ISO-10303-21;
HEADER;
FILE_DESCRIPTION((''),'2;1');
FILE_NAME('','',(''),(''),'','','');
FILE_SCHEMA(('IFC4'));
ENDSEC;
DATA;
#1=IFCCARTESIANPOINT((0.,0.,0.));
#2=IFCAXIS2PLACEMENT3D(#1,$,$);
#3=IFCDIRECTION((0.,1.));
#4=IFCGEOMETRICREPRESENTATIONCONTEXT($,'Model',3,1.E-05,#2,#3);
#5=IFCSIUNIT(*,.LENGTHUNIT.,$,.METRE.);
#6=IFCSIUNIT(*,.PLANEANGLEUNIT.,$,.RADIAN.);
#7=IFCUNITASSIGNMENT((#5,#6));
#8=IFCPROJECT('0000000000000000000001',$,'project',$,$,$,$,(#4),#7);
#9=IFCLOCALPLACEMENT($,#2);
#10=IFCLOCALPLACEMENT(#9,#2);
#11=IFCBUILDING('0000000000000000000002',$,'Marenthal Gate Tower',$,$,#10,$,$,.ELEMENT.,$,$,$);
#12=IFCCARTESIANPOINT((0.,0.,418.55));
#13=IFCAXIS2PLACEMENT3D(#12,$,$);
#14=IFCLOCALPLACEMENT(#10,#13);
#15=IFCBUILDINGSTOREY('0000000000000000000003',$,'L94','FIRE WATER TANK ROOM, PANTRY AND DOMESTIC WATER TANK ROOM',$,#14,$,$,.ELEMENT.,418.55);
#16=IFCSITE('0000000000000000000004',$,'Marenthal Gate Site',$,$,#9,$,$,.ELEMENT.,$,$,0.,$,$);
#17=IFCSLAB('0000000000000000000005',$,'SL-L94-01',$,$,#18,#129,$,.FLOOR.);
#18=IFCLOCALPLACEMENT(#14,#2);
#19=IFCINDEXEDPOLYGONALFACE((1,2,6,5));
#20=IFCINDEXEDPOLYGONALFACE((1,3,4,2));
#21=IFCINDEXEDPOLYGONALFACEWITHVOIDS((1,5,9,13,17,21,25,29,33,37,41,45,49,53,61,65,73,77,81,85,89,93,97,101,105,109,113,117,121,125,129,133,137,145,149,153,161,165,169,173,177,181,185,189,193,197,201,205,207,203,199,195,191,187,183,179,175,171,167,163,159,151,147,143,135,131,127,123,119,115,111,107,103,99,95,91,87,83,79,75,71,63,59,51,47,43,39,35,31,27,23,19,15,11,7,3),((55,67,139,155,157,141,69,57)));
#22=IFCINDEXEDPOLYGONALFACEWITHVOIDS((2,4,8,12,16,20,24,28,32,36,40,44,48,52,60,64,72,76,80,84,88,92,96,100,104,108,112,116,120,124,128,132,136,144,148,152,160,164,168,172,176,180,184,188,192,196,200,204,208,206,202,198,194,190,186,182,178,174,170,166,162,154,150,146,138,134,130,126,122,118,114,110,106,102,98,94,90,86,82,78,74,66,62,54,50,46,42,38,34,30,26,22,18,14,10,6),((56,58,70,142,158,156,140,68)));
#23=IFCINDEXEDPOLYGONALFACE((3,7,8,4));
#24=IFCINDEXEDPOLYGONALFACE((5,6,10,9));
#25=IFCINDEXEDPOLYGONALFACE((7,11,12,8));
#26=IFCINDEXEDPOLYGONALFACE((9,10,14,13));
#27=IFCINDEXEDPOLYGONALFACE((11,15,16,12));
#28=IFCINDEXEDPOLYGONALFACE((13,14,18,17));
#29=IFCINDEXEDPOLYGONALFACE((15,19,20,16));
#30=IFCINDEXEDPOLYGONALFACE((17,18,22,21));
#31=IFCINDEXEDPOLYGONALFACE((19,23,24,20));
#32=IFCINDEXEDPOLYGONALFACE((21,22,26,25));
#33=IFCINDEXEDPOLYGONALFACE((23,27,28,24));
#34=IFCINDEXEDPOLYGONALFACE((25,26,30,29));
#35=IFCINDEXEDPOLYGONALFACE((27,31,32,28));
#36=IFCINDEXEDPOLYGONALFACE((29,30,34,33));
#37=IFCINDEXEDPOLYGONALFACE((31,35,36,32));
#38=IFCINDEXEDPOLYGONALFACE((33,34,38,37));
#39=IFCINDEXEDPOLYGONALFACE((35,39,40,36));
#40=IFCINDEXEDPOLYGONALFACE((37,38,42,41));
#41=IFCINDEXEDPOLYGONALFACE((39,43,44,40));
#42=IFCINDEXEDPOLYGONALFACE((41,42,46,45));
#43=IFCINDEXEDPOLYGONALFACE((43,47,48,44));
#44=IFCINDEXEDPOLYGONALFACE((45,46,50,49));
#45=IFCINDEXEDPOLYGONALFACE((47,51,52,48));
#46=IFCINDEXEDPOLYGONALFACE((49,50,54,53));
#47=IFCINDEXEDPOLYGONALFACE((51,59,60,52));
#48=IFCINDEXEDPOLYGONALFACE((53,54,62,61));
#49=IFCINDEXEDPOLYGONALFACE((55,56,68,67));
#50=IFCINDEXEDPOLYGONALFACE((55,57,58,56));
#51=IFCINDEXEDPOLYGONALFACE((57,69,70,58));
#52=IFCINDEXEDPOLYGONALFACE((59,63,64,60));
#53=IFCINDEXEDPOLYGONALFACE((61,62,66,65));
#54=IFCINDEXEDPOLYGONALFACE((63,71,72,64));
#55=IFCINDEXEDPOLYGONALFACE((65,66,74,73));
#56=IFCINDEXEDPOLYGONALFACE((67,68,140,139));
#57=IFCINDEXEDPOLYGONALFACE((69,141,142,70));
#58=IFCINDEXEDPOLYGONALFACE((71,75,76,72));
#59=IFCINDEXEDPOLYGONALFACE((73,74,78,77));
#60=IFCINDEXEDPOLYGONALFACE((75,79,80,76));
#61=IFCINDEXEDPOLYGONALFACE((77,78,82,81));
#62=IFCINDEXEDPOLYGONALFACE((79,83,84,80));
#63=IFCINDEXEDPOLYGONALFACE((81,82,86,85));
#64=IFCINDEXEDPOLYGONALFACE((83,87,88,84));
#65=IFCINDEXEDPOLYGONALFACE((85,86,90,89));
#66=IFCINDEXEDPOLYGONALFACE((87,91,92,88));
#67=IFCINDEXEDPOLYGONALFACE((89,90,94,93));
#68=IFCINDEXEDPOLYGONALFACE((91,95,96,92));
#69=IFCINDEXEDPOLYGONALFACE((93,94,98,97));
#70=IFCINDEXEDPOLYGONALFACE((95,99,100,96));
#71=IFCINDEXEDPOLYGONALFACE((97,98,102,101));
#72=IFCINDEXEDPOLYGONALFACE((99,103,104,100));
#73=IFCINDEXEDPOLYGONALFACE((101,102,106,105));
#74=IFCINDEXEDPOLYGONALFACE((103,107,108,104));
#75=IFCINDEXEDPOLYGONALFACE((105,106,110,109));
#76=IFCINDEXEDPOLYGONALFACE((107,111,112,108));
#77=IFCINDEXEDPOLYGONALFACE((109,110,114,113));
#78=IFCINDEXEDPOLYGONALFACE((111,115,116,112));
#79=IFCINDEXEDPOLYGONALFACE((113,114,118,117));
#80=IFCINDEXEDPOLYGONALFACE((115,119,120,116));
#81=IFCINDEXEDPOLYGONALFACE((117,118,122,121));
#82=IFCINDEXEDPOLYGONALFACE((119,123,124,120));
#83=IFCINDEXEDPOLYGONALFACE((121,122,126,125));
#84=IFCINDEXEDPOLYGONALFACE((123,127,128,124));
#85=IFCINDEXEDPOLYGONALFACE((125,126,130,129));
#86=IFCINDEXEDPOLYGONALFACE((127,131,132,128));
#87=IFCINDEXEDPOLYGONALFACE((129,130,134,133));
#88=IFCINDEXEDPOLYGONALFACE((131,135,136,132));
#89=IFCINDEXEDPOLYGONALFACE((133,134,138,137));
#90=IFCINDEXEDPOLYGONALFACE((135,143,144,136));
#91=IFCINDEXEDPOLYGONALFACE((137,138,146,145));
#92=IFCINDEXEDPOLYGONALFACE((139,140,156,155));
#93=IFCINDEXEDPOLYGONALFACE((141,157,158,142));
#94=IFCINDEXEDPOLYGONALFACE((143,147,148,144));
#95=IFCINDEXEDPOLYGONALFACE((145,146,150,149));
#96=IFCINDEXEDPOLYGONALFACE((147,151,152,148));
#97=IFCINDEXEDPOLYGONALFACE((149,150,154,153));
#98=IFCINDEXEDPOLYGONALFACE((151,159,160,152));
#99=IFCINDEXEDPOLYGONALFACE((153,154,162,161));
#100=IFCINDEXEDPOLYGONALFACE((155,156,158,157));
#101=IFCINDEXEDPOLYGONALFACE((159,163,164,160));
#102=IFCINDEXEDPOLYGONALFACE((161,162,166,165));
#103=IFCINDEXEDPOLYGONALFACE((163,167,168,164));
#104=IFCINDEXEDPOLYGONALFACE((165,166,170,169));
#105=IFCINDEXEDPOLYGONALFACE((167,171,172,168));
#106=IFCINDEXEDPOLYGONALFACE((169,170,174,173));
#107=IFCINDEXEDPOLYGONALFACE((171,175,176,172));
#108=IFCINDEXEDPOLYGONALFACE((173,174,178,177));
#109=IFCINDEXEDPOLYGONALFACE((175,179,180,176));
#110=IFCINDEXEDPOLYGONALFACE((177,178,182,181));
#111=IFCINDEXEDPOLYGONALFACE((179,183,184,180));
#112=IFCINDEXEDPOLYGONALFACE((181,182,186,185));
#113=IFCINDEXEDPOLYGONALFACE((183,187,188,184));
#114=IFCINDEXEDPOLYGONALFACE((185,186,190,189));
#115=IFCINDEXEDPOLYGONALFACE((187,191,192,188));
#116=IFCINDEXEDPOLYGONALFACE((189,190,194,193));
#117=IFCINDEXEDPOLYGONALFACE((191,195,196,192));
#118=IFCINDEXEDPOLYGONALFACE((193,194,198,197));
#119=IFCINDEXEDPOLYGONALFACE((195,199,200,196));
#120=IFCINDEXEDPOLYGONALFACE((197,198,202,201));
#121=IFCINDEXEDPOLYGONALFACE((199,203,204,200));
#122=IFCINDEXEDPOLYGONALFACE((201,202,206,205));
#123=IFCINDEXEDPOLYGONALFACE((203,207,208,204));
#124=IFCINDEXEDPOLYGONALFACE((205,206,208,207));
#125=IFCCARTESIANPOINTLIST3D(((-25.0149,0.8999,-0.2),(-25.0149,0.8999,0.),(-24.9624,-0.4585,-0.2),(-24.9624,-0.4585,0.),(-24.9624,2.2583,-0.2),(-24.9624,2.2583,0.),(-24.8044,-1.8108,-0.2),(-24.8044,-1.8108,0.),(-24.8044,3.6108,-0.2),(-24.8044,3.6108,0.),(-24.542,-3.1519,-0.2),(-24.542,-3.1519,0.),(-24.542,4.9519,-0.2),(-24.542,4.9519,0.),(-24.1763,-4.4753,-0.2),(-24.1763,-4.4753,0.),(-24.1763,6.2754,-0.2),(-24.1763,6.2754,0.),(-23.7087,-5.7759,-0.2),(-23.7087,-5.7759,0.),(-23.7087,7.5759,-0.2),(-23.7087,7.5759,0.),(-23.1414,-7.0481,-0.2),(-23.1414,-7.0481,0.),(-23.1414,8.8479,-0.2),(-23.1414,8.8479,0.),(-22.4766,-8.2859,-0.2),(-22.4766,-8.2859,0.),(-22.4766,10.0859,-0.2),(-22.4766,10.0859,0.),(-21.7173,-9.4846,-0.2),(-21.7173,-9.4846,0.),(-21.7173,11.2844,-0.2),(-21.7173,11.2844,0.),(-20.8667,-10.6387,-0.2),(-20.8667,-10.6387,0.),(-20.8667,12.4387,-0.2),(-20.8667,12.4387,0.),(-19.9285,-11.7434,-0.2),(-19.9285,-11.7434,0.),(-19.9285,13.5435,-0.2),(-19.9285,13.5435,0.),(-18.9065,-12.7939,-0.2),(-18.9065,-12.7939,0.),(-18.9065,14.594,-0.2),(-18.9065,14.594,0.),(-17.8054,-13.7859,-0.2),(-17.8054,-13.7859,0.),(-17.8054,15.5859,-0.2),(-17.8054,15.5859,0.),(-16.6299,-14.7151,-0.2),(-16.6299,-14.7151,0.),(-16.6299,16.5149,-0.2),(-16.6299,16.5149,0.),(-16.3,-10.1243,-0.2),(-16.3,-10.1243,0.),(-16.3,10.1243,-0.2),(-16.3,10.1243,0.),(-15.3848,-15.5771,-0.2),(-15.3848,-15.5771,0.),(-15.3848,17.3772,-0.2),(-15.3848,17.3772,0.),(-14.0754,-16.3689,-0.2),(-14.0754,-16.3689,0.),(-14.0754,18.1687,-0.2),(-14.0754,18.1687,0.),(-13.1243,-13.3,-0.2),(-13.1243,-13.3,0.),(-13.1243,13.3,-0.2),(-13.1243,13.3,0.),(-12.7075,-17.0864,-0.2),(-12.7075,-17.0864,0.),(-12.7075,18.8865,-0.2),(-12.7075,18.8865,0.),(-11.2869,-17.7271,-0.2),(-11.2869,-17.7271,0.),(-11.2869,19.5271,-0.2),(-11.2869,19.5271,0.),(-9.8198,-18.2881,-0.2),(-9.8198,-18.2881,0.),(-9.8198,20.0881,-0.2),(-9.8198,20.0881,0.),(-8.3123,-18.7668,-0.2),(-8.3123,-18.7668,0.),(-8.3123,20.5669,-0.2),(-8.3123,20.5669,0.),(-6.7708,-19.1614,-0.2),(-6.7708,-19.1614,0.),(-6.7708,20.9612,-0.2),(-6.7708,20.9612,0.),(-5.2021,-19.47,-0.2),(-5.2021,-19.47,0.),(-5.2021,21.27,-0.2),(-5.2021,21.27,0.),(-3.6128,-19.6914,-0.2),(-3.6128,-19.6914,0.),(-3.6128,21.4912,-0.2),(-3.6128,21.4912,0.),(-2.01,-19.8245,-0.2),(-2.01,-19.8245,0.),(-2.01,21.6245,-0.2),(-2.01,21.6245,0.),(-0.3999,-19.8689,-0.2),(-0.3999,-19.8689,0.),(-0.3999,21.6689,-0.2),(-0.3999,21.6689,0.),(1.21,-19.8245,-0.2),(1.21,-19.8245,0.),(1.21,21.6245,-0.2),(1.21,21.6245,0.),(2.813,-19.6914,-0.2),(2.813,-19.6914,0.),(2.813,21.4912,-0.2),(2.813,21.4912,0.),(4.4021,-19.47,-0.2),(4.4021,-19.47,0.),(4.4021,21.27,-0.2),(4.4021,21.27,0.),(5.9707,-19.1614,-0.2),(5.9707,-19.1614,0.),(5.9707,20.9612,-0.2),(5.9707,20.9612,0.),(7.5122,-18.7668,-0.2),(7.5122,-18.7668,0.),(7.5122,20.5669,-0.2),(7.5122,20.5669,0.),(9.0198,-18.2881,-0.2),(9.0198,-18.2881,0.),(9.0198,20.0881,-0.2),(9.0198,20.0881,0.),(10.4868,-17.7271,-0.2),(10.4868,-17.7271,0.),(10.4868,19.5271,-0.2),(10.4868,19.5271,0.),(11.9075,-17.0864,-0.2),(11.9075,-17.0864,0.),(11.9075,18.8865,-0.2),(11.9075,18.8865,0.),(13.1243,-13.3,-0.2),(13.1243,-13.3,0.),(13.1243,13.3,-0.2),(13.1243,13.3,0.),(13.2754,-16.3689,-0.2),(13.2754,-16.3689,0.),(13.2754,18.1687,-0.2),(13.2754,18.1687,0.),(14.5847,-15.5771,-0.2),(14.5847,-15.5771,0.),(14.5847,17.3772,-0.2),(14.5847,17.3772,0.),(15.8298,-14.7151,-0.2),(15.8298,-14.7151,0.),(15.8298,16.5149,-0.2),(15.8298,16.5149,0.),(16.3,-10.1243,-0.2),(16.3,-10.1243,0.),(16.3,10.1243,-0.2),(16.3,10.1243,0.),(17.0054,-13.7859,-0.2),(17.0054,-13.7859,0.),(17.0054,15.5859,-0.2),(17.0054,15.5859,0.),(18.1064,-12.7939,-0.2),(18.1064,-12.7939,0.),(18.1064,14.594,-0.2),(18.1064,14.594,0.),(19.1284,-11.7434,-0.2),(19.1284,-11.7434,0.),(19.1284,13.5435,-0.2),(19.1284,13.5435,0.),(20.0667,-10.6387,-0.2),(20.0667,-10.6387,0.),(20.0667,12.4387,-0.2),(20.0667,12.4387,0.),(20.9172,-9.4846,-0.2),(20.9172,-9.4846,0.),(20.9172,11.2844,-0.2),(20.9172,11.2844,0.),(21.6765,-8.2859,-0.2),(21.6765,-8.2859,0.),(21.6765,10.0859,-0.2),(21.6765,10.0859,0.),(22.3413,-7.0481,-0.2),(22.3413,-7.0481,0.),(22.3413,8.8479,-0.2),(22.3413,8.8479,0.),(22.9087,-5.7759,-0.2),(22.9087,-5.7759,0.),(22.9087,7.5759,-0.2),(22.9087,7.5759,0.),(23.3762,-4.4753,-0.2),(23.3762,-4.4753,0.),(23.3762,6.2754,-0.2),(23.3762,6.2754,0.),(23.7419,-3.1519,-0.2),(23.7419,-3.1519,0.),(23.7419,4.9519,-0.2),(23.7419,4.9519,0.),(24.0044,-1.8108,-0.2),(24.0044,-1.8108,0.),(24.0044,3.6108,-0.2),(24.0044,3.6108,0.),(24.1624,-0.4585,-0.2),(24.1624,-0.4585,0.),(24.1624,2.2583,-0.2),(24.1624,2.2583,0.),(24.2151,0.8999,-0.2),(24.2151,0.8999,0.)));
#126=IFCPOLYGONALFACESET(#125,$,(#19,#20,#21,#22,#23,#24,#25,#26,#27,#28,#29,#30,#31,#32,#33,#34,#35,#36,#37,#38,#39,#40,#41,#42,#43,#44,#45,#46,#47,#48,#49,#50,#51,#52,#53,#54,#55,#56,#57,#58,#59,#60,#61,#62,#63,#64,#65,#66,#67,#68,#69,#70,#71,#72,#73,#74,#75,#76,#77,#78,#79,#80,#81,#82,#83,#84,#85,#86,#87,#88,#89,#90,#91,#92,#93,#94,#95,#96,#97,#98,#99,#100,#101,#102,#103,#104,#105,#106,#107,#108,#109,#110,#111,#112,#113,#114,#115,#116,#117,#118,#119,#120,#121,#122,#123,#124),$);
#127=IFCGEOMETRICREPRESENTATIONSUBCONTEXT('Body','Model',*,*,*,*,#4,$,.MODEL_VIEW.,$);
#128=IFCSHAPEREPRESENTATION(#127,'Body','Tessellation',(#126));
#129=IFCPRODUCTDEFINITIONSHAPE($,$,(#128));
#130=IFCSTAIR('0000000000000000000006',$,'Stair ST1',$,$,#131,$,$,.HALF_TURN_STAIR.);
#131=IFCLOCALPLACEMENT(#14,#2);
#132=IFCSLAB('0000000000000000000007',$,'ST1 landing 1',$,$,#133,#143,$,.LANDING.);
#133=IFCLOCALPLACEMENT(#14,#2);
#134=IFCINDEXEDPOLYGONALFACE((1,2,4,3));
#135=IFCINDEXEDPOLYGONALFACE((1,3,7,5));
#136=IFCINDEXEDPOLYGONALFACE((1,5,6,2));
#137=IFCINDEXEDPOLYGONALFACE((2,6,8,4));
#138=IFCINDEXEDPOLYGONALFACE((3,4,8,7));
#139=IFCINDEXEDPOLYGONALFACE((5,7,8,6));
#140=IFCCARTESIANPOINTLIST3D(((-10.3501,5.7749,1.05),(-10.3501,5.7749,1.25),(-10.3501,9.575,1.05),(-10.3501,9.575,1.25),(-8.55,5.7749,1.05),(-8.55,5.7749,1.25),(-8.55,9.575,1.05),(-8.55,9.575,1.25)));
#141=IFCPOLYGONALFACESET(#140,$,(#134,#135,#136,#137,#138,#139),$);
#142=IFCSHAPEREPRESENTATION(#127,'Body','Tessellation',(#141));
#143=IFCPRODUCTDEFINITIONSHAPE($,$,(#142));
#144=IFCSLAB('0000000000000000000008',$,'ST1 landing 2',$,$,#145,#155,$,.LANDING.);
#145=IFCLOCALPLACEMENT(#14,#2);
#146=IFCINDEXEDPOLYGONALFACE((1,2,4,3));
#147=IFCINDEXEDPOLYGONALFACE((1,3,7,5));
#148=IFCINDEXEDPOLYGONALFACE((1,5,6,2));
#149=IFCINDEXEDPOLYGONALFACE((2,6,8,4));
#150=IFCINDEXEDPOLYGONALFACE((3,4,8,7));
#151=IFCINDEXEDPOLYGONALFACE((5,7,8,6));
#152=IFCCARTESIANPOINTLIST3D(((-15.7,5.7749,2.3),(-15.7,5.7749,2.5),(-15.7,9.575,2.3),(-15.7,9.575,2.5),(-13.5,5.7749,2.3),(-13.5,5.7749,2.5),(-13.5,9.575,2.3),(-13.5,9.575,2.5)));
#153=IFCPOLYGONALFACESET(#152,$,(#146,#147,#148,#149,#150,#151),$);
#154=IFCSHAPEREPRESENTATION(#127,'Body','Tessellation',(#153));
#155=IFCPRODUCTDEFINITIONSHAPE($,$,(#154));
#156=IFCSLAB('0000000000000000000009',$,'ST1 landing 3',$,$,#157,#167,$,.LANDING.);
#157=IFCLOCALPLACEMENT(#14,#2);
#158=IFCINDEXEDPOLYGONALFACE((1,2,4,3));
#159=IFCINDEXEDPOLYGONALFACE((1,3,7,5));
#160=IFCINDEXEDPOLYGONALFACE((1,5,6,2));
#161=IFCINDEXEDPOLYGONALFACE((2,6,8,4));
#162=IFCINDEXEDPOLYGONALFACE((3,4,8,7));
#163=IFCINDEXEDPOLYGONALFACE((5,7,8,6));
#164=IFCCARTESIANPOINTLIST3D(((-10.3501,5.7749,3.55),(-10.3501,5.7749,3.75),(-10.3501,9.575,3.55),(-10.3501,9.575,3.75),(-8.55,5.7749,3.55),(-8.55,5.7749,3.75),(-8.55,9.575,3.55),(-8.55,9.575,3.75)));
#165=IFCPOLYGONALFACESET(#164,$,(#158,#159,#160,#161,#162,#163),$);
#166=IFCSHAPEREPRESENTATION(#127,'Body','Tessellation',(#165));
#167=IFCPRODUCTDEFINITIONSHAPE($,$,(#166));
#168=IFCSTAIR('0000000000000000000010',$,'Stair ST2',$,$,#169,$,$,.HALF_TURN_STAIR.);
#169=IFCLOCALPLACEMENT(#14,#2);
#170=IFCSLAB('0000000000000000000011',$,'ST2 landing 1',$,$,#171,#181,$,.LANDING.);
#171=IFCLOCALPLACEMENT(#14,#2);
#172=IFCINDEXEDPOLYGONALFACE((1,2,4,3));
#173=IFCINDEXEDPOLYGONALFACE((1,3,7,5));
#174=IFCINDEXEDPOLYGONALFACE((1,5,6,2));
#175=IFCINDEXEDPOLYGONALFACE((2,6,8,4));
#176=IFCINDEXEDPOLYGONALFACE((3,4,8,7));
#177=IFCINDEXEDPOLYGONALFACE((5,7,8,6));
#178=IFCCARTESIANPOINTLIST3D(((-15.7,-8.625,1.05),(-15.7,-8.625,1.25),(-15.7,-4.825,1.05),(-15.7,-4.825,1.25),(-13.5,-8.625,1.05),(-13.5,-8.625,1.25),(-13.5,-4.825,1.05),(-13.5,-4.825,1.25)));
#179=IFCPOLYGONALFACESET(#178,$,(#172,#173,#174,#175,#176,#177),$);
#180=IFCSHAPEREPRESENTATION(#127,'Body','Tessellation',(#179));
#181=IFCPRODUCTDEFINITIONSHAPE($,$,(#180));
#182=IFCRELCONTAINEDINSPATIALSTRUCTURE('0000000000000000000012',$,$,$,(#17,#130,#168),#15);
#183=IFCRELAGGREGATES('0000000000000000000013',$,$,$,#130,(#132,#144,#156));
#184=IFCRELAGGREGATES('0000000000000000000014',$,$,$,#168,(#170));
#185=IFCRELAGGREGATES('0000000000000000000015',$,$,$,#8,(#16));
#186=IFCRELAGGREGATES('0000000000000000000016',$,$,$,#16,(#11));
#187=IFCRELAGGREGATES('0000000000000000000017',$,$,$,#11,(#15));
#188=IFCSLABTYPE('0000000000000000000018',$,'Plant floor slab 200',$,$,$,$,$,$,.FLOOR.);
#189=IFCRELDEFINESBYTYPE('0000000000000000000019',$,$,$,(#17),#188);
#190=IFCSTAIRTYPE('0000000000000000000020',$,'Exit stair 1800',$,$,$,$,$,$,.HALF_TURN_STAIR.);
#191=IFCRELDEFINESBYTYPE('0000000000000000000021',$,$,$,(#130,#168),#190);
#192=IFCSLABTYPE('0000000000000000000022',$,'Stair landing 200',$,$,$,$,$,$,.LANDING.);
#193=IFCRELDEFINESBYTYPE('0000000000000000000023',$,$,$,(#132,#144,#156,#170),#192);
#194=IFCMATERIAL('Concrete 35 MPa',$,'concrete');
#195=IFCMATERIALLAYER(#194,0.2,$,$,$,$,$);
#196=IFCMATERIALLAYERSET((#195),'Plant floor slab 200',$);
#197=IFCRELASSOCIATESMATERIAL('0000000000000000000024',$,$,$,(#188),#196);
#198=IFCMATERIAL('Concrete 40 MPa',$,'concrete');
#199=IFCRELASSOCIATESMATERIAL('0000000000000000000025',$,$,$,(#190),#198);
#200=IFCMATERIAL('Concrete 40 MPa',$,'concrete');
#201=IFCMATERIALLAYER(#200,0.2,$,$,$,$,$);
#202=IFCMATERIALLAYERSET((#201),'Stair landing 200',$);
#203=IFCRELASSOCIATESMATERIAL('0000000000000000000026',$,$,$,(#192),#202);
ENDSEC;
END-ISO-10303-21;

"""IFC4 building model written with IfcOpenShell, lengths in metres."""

from ifc_helpers import new_model, si_unit, direction, frame, origin, place, context, subcontext, project, spatial, polyline, outline, extrude, material, layer, layer_set, type_object, element, aggregate, save


model = new_model("IFC4")

# Units and contexts
model_context = context("Model", 3, precision=1e-05, world=origin(), true_north=direction((0.0, 1.0)))
body_context = subcontext(model_context, "Body", "Model", "MODEL_VIEW")
ifc_project = project(units=[si_unit("LENGTHUNIT", "METRE"), si_unit("PLANEANGLEUNIT", "RADIAN")], contexts=[model_context])

# Site, building, storey
site_placement = place(None, origin())
site = spatial("IfcSite", under=ifc_project, at=site_placement, Name="Marenthal Gate Site", CompositionType="ELEMENT", RefElevation=0.0)
building_placement = place(site_placement, origin())
building = spatial("IfcBuilding", under=site, at=building_placement, Name="Marenthal Gate Tower", CompositionType="ELEMENT")
storey_placement = place(building_placement, frame((0.0, 0.0, 418.55)))
storey = spatial("IfcBuildingStorey", under=building, at=storey_placement, Name="L94", Description="FIRE WATER TANK ROOM, PANTRY AND DOMESTIC WATER TANK ROOM", CompositionType="ELEMENT", Elevation=418.55)

# Slab
ifc_material_1 = material(Name="Concrete 35 MPa", Category="concrete")
ifc_layer_1 = layer(ifc_material_1, 0.2)
ifc_layer_set_1 = layer_set([ifc_layer_1], Name="Plant floor slab 200")
slab_type_1 = type_object("IfcSlabType", Name="Plant floor slab 200", PredefinedType="FLOOR", material=ifc_layer_set_1)
slab_1_placement = place(storey_placement, frame((0.0, 0.0, -0.2)))
element("IfcSlab", 1, at=slab_1_placement, inside=storey, type_object=slab_type_1, Name="SL-L94-01", PredefinedType="FLOOR", context=body_context, shape_type="SweptSolid", body=[
    extrude(outline(polyline([(24.2151, 0.8999), (24.1624, 2.2583), (24.0044, 3.6108), (23.7419, 4.9519), (23.3762, 6.2754), (22.9087, 7.5759), (22.3413, 8.8479), (21.6765, 10.0859), (20.9172, 11.2844), (20.0667, 12.4387), (19.1284, 13.5435), (18.1064, 14.594), (17.0054, 15.5859), (15.8298, 16.5149), (14.5847, 17.3772), (13.2754, 18.1687), (11.9075, 18.8865), (10.4868, 19.5271), (9.0198, 20.0881), (7.5122, 20.5669), (5.9707, 20.9612), (4.4021, 21.27), (2.813, 21.4912), (1.21, 21.6245), (-0.3999, 21.6689), (-2.01, 21.6245), (-3.6128, 21.4912), (-5.2021, 21.27), (-6.7708, 20.9612), (-8.3123, 20.5669), (-9.8198, 20.0881), (-11.2869, 19.5271), (-12.7075, 18.8865), (-14.0754, 18.1687), (-15.3848, 17.3772), (-16.6299, 16.5149), (-17.8054, 15.5859), (-18.9065, 14.594), (-19.9285, 13.5435), (-20.8667, 12.4387), (-21.7173, 11.2844), (-22.4766, 10.0859), (-23.1414, 8.8479), (-23.7087, 7.5759), (-24.1763, 6.2754), (-24.542, 4.9519), (-24.8044, 3.6108), (-24.9624, 2.2583), (-25.0149, 0.8999), (-24.9624, -0.4585), (-24.8044, -1.8108), (-24.542, -3.1519), (-24.1763, -4.4753), (-23.7087, -5.7759), (-23.1414, -7.0481), (-22.4766, -8.2859), (-21.7173, -9.4846), (-20.8667, -10.6387), (-19.9285, -11.7434), (-18.9065, -12.7939), (-17.8054, -13.7859), (-16.6299, -14.7151), (-15.3848, -15.5771), (-14.0754, -16.3689), (-12.7075, -17.0864), (-11.2869, -17.7271), (-9.8198, -18.2881), (-8.3123, -18.7668), (-6.7708, -19.1614), (-5.2021, -19.47), (-3.6128, -19.6914), (-2.01, -19.8245), (-0.3999, -19.8689), (1.21, -19.8245), (2.813, -19.6914), (4.4021, -19.47), (5.9707, -19.1614), (7.5122, -18.7668), (9.0198, -18.2881), (10.4868, -17.7271), (11.9075, -17.0864), (13.2754, -16.3689), (14.5847, -15.5771), (15.8298, -14.7151), (17.0054, -13.7859), (18.1064, -12.7939), (19.1284, -11.7434), (20.0667, -10.6387), (20.9172, -9.4846), (21.6765, -8.2859), (22.3413, -7.0481), (22.9087, -5.7759), (23.3762, -4.4753), (23.7419, -3.1519), (24.0044, -1.8108), (24.1624, -0.4585), (24.2151, 0.8999)]), holes=[polyline([(13.1243, -13.3), (16.3, -10.1243), (16.3, 10.1243), (13.1243, 13.3), (-13.1243, 13.3), (-16.3, 10.1243), (-16.3, -10.1243), (-13.1243, -13.3), (13.1243, -13.3)])]), origin(), (0.0, 0.0, 1.0), 0.2),
])

# Stairs, slabs
ifc_material_2 = material(Name="Concrete 40 MPa", Category="concrete")
stair_type = type_object("IfcStairType", Name="Exit stair 1800", PredefinedType="HALF_TURN_STAIR", material=ifc_material_2)
stair_1_placement = place(storey_placement, origin())
stair_1 = element("IfcStair", 2, at=stair_1_placement, inside=storey, type_object=stair_type, Name="Stair ST1", PredefinedType="HALF_TURN_STAIR")
ifc_material_3 = material(Name="Concrete 40 MPa", Category="concrete")
ifc_layer_2 = layer(ifc_material_3, 0.2)
ifc_layer_set_2 = layer_set([ifc_layer_2], Name="Stair landing 200")
slab_type_2 = type_object("IfcSlabType", Name="Stair landing 200", PredefinedType="LANDING", material=ifc_layer_set_2)
slab_2_placement = place(storey_placement, frame((0.0, 0.0, 1.05)))
slab_2 = element("IfcSlab", 3, at=slab_2_placement, type_object=slab_type_2, Name="ST1 landing 1", PredefinedType="LANDING", context=body_context, shape_type="SweptSolid", body=[
    extrude(outline(polyline([(-10.3501, 5.7749), (-8.55, 5.7749), (-8.55, 9.575), (-10.3501, 9.575), (-10.3501, 5.7749)])), origin(), (0.0, 0.0, 1.0), 0.2),
])
slab_3_placement = place(storey_placement, frame((0.0, 0.0, 2.3)))
slab_3 = element("IfcSlab", 4, at=slab_3_placement, type_object=slab_type_2, Name="ST1 landing 2", PredefinedType="LANDING", context=body_context, shape_type="SweptSolid", body=[
    extrude(outline(polyline([(-15.7, 5.7749), (-13.5, 5.7749), (-13.5, 9.575), (-15.7, 9.575), (-15.7, 5.7749)])), origin(), (0.0, 0.0, 1.0), 0.2),
])
slab_4_placement = place(storey_placement, frame((0.0, 0.0, 3.55)))
slab_4 = element("IfcSlab", 5, at=slab_4_placement, type_object=slab_type_2, Name="ST1 landing 3", PredefinedType="LANDING", context=body_context, shape_type="SweptSolid", body=[
    extrude(outline(polyline([(-10.3501, 5.7749), (-8.55, 5.7749), (-8.55, 9.575), (-10.3501, 9.575), (-10.3501, 5.7749)])), origin(), (0.0, 0.0, 1.0), 0.2),
])
aggregate(stair_1, [slab_2, slab_3, slab_4])
stair_2_placement = place(storey_placement, origin())
stair_2 = element("IfcStair", 6, at=stair_2_placement, inside=storey, type_object=stair_type, Name="Stair ST2", PredefinedType="HALF_TURN_STAIR")
slab_5_placement = place(storey_placement, frame((0.0, 0.0, 1.05)))
slab_5 = element("IfcSlab", 7, at=slab_5_placement, type_object=slab_type_2, Name="ST2 landing 1", PredefinedType="LANDING", context=body_context, shape_type="SweptSolid", body=[
    extrude(outline(polyline([(-15.7, -8.625), (-13.5, -8.625), (-13.5, -4.825), (-15.7, -4.825), (-15.7, -8.625)])), origin(), (0.0, 0.0, 1.0), 0.2),
])
aggregate(stair_2, [slab_5])

save(model, "model.ifc")
